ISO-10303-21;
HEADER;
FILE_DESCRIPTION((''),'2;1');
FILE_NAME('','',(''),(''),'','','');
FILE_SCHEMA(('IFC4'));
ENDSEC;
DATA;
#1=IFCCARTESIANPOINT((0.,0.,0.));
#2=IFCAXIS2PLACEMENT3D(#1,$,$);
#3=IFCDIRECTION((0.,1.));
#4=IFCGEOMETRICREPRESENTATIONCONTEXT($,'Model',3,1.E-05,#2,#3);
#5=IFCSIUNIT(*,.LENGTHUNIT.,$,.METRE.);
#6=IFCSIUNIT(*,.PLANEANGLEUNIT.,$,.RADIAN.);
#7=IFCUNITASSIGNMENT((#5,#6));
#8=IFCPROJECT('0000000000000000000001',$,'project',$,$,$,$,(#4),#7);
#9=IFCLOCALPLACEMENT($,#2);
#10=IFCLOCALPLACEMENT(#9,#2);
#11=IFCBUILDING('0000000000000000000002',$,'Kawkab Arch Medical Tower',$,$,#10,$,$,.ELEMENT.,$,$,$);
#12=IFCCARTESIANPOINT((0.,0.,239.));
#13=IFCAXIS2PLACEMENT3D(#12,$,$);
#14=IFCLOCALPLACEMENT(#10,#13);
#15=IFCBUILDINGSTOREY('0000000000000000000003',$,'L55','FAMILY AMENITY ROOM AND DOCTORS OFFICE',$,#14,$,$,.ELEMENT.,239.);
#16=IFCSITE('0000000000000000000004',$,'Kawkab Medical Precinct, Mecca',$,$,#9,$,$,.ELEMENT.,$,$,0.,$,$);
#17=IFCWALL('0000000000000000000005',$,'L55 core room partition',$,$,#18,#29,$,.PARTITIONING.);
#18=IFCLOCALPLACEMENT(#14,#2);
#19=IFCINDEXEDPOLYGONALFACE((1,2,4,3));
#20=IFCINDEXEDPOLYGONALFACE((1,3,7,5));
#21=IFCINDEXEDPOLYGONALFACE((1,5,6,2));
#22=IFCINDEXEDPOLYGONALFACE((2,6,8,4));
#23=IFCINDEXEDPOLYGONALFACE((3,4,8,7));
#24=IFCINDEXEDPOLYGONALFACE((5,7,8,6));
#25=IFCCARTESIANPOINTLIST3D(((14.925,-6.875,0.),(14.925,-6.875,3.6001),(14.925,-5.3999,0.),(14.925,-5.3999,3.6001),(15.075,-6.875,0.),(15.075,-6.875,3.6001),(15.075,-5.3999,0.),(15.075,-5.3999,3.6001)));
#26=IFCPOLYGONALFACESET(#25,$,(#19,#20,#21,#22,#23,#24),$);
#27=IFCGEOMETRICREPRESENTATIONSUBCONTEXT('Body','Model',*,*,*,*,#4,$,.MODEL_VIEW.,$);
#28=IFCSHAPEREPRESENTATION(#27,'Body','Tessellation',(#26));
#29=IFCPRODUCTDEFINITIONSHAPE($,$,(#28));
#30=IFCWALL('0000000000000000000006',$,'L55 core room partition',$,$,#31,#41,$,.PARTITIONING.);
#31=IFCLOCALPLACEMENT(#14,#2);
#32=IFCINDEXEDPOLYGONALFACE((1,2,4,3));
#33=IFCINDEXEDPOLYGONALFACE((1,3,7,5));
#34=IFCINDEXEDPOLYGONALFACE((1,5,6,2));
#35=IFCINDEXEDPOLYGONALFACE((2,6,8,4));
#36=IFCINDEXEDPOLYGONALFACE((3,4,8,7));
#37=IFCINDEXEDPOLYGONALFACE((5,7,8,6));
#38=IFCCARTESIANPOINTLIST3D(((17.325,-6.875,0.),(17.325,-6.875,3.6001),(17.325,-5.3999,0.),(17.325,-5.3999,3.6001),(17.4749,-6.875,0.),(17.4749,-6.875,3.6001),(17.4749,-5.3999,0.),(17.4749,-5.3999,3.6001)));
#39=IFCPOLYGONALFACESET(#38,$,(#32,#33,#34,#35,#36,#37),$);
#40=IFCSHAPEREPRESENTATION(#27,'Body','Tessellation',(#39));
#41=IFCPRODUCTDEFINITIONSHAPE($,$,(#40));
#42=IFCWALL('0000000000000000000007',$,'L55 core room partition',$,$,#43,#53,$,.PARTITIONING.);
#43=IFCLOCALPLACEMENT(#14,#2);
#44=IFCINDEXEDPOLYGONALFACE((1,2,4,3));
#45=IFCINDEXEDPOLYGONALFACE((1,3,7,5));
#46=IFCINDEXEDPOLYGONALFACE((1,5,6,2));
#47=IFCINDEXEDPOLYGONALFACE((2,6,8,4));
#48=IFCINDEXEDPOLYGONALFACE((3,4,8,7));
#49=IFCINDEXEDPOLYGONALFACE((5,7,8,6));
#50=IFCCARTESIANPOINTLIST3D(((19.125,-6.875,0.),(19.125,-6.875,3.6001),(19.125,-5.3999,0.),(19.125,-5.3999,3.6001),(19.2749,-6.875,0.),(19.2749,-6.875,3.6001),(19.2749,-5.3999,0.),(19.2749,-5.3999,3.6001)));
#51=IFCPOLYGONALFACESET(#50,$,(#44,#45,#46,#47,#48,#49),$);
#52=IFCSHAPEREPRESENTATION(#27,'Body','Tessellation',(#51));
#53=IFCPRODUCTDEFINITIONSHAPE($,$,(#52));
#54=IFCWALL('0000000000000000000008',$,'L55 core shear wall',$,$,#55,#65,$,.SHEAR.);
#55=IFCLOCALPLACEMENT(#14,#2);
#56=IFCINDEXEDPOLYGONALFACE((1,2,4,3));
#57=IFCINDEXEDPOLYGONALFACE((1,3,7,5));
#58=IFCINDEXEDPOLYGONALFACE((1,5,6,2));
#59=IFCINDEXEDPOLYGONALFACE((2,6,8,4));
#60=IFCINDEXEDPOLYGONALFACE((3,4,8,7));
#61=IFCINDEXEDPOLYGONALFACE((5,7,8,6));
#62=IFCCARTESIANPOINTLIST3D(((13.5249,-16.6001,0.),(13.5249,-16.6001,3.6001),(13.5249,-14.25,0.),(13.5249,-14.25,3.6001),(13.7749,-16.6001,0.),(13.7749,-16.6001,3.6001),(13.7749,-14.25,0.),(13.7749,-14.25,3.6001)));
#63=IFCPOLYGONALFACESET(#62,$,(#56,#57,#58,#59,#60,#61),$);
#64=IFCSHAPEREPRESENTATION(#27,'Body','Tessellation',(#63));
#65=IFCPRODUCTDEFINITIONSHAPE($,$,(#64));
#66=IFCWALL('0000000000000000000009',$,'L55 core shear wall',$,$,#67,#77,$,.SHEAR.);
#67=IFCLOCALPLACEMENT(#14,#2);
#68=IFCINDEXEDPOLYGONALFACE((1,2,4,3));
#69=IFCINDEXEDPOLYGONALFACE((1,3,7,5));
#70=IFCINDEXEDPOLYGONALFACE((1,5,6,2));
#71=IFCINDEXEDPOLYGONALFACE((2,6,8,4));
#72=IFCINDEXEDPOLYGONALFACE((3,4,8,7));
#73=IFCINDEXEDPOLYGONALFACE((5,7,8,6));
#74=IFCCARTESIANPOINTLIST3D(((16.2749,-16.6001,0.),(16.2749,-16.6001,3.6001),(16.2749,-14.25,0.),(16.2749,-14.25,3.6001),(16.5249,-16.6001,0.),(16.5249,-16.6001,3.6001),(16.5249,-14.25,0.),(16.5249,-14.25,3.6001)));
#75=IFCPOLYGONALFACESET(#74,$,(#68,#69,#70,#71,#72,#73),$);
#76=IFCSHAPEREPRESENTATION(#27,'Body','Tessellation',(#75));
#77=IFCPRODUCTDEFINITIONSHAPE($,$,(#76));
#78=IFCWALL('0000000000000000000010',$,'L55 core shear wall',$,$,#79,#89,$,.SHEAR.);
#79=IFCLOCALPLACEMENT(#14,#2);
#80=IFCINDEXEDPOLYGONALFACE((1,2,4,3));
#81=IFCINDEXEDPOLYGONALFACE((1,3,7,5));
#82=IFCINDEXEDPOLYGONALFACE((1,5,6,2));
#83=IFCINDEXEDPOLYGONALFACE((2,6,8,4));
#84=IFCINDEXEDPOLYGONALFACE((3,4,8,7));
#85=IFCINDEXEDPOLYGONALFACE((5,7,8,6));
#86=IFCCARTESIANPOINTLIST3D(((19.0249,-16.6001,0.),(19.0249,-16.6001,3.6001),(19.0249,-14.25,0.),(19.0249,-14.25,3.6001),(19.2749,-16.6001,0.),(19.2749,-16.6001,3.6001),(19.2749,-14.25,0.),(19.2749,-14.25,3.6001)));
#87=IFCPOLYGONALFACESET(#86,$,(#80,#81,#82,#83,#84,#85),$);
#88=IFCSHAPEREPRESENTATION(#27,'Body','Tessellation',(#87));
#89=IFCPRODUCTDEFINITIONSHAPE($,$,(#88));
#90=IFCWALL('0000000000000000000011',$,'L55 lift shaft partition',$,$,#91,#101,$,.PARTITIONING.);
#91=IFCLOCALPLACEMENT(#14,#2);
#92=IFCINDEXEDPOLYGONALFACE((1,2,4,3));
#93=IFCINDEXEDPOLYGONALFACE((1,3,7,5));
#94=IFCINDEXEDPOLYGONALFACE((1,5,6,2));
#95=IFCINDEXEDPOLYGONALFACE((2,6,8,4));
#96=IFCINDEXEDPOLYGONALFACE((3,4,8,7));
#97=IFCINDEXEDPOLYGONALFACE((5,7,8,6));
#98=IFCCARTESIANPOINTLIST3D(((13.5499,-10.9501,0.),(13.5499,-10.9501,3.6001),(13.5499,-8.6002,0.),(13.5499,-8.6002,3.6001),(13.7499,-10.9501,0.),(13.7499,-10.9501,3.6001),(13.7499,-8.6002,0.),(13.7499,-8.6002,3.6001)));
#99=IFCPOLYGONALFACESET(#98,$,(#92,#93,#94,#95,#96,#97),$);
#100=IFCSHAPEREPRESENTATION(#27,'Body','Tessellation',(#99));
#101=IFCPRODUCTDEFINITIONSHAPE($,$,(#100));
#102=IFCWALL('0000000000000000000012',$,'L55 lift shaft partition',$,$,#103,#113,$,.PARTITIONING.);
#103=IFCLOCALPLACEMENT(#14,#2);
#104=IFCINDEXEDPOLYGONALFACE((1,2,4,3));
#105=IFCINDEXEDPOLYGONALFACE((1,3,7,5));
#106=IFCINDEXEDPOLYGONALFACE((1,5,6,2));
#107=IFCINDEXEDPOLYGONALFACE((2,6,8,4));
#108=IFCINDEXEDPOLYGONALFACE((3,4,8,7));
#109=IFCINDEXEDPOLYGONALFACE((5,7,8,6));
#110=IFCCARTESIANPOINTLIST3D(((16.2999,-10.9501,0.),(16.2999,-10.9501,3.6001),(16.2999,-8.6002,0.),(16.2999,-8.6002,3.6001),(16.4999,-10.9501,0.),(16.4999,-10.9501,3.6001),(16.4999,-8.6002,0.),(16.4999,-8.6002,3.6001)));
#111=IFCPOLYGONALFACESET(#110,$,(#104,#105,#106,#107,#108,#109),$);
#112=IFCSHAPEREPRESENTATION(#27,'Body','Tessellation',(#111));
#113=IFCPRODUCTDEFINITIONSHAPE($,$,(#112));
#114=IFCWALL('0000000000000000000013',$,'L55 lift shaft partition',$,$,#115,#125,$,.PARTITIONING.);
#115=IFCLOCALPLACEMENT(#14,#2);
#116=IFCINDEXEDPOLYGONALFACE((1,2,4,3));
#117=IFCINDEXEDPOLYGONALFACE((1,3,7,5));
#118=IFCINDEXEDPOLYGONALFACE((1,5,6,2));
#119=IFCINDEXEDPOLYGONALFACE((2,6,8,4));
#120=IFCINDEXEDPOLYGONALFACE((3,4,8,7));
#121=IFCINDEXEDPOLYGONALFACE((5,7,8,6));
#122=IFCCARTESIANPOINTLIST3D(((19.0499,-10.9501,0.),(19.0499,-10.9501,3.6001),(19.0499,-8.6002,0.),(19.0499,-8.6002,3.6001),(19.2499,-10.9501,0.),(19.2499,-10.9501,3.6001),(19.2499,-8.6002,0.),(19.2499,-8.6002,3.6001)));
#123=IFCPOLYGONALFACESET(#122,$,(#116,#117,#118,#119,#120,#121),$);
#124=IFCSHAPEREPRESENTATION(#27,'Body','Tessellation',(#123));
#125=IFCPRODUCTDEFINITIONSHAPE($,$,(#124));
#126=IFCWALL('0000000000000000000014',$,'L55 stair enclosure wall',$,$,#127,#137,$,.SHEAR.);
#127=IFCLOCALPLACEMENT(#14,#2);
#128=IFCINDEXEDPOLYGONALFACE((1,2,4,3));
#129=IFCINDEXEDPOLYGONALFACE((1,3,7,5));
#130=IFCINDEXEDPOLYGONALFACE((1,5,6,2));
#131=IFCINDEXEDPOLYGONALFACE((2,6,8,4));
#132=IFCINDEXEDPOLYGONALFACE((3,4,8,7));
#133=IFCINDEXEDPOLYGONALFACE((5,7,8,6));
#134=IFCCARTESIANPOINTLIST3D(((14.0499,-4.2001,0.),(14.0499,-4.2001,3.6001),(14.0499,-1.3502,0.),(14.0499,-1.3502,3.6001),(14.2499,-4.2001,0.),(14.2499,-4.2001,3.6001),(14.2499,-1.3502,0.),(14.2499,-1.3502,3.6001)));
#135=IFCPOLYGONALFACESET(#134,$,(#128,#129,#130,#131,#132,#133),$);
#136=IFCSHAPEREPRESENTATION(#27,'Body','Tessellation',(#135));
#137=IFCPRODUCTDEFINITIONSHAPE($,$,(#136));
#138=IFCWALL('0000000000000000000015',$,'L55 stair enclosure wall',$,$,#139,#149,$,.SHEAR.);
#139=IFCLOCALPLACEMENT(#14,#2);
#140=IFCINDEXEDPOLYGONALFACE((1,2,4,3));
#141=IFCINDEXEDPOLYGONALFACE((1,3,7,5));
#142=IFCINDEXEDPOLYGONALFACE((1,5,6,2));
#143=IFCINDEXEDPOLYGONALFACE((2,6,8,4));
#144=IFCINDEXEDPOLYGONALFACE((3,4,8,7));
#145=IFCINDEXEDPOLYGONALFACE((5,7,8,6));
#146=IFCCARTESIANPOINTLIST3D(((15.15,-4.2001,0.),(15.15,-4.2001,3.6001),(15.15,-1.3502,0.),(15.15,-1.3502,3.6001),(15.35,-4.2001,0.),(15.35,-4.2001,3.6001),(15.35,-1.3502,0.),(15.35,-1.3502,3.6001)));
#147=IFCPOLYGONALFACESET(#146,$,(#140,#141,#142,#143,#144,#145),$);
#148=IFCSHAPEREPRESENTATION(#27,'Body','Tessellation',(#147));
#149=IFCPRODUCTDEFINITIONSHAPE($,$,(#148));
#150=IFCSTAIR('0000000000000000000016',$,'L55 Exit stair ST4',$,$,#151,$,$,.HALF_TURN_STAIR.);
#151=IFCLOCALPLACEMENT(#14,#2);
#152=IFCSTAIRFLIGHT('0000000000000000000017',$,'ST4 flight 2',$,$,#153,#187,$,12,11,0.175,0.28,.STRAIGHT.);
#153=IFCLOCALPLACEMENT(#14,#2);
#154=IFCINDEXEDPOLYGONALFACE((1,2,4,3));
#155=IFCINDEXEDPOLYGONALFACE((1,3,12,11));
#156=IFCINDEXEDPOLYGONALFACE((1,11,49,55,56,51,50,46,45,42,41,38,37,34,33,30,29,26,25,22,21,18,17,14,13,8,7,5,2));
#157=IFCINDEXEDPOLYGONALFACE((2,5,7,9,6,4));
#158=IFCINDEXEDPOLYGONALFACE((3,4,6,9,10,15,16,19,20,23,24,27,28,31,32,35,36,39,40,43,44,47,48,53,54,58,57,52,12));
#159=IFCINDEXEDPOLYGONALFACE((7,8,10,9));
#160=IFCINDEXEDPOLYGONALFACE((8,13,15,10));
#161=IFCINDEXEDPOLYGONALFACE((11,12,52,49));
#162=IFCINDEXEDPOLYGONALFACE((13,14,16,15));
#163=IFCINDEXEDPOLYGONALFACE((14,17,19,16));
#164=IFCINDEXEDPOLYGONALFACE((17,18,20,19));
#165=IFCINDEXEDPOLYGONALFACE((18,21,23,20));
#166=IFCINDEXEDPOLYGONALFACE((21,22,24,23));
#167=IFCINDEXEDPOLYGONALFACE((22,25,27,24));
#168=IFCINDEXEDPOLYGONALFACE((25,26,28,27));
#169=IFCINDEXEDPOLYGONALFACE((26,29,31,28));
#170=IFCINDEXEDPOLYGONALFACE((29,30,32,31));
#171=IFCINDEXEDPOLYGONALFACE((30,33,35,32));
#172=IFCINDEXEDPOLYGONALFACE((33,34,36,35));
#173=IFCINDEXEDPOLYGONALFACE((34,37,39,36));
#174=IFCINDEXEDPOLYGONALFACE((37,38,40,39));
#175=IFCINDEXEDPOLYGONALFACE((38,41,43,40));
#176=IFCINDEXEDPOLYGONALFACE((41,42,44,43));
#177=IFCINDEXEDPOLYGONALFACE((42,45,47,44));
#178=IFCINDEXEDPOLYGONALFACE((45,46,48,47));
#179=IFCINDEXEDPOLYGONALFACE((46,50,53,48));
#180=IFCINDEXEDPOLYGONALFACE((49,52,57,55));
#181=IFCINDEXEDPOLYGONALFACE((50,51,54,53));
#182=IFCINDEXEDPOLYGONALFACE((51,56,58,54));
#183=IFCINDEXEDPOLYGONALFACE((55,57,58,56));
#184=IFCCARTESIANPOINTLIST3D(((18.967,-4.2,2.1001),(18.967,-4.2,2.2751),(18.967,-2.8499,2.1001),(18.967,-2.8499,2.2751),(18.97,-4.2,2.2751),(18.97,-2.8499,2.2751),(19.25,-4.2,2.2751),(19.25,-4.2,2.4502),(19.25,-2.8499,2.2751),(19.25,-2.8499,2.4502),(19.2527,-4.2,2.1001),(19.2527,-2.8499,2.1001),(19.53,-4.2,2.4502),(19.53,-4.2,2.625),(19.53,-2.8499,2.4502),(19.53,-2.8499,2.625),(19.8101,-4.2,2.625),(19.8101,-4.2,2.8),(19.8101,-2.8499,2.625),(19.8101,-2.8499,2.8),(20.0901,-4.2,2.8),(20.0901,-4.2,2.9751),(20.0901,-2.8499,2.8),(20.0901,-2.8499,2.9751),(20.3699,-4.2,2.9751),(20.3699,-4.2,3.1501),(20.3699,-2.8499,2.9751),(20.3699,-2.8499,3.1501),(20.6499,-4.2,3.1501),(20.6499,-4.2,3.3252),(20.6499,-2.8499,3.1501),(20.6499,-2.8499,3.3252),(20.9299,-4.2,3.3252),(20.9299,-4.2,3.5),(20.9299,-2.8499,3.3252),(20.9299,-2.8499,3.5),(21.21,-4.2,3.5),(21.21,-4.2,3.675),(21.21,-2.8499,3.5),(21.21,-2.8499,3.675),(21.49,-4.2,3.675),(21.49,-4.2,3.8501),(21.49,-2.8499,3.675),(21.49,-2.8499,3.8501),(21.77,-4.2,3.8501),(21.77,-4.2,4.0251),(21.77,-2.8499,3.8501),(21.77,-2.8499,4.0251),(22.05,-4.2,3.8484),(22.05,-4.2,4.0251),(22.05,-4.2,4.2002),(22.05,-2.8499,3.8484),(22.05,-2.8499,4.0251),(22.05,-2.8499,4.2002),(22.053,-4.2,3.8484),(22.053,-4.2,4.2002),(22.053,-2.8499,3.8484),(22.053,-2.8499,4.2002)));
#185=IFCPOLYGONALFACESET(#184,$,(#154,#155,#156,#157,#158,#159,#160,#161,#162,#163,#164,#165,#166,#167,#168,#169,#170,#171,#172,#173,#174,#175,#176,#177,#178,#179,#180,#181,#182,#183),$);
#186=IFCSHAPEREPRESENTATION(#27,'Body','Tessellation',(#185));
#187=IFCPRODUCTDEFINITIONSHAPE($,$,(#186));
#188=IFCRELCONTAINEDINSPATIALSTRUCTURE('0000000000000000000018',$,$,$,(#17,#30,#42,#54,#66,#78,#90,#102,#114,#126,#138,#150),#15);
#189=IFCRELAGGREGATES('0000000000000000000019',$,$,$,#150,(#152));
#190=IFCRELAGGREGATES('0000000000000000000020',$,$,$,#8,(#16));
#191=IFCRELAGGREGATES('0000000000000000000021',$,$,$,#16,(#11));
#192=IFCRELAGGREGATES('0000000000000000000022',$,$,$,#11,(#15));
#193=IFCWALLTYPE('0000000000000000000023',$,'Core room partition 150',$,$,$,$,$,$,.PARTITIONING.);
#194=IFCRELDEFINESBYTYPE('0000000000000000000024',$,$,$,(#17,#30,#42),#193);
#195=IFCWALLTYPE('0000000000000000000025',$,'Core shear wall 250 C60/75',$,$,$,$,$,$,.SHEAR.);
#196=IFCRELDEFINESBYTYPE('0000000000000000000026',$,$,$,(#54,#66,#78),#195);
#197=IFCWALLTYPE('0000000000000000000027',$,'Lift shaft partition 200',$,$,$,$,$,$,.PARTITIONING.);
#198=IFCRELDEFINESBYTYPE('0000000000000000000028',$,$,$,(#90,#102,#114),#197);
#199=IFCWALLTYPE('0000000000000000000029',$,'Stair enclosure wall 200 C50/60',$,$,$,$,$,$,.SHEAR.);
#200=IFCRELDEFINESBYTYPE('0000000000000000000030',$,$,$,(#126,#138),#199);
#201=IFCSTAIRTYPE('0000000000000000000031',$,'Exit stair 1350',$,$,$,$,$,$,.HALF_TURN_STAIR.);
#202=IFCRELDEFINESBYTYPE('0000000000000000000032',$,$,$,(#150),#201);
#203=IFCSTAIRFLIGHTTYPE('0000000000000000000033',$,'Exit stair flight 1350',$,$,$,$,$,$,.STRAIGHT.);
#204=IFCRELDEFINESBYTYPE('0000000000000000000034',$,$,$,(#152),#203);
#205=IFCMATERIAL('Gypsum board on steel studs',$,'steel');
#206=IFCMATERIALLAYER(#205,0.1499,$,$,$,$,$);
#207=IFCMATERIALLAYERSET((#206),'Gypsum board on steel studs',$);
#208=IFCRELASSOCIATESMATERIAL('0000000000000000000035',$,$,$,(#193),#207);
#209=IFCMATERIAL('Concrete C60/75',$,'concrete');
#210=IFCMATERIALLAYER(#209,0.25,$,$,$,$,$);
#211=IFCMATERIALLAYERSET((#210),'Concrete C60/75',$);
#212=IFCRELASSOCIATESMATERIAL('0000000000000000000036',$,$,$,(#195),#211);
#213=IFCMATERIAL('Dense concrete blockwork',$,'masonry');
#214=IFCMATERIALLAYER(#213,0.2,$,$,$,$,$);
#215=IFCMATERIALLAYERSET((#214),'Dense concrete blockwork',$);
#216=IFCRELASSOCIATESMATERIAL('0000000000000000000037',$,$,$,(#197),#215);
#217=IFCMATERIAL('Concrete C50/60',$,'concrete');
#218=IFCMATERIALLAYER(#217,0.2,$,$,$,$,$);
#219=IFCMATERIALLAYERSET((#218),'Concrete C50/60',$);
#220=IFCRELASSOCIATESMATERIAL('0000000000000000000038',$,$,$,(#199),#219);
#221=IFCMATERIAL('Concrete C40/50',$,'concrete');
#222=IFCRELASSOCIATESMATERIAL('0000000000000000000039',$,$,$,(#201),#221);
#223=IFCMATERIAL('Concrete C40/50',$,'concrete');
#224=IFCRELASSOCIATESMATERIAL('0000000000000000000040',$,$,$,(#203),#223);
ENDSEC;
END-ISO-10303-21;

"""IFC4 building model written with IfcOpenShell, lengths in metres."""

from ifc_helpers import new_model, si_unit, direction, frame, frame_2d, origin, place, context, subcontext, project, spatial, polyline, rectangle, outline, extrude, material, layer, layer_set, type_object, element, aggregate, save


model = new_model("IFC4")

# Units and contexts
model_context = context("Model", 3, precision=1e-05, world=origin(), true_north=direction((0.0, 1.0)))
body_context = subcontext(model_context, "Body", "Model", "MODEL_VIEW")
ifc_project = project(units=[si_unit("LENGTHUNIT", "METRE"), si_unit("PLANEANGLEUNIT", "RADIAN")], contexts=[model_context])

# Site, building, storey
site_placement = place(None, origin())
site = spatial("IfcSite", under=ifc_project, at=site_placement, Name="Kawkab Medical Precinct, Mecca", CompositionType="ELEMENT", RefElevation=0.0)
building_placement = place(site_placement, origin())
building = spatial("IfcBuilding", under=site, at=building_placement, Name="Kawkab Arch Medical Tower", CompositionType="ELEMENT")
storey_placement = place(building_placement, frame((0.0, 0.0, 239.0)))
storey = spatial("IfcBuildingStorey", under=building, at=storey_placement, Name="L55", Description="FAMILY AMENITY ROOM AND DOCTORS OFFICE", CompositionType="ELEMENT", Elevation=239.0)

# Walls
ifc_material_1 = material(Name="Gypsum board on steel studs", Category="steel")
ifc_layer_1 = layer(ifc_material_1, 0.1499)
ifc_layer_set_1 = layer_set([ifc_layer_1], Name="Gypsum board on steel studs")
wall_type_1 = type_object("IfcWallType", Name="Core room partition 150", PredefinedType="PARTITIONING", material=ifc_layer_set_1)
for number, where, z_axis, x_axis, name in (
    (1, (15.0, -6.875, 0.0), (0.0, 0.0, 1.0), (0.0, 1.0, 0.0), "L55 core room partition"),
    (2, (17.3999, -6.875, 0.0), (0.0, 0.0, 1.0), (0.0, 1.0, 0.0), "L55 core room partition"),
    (3, (19.2, -6.875, 0.0), (0.0, 0.0, 1.0), (0.0, 1.0, 0.0), "L55 core room partition"),
):
    element("IfcWall", number, at=place(storey_placement, frame(where, z_axis=z_axis, x_axis=x_axis)), inside=storey, type_object=wall_type_1, Name=name, PredefinedType="PARTITIONING", context=body_context, shape_type="SweptSolid", body=[
        extrude(rectangle(XDim=1.4751, YDim=0.1499, at=frame_2d((0.7375, 0.0))), origin(), (0.0, 0.0, 1.0), 3.6001),
    ])
ifc_material_2 = material(Name="Concrete C60/75", Category="concrete")
ifc_layer_2 = layer(ifc_material_2, 0.25)
ifc_layer_set_2 = layer_set([ifc_layer_2], Name="Concrete C60/75")
wall_type_2 = type_object("IfcWallType", Name="Core shear wall 250 C60/75", PredefinedType="SHEAR", material=ifc_layer_set_2)
for number, where, z_axis, x_axis, name in (
    (4, (13.6499, -16.6001, 0.0), (0.0, 0.0, 1.0), (0.0, 1.0, 0.0), "L55 core shear wall"),
    (5, (16.3999, -16.6001, 0.0), (0.0, 0.0, 1.0), (0.0, 1.0, 0.0), "L55 core shear wall"),
    (6, (19.1499, -16.6001, 0.0), (0.0, 0.0, 1.0), (0.0, 1.0, 0.0), "L55 core shear wall"),
):
    element("IfcWall", number, at=place(storey_placement, frame(where, z_axis=z_axis, x_axis=x_axis)), inside=storey, type_object=wall_type_2, Name=name, PredefinedType="SHEAR", context=body_context, shape_type="SweptSolid", body=[
        extrude(rectangle(XDim=2.3501, YDim=0.25, at=frame_2d((1.175, 0.0))), origin(), (0.0, 0.0, 1.0), 3.6001),
    ])
ifc_material_3 = material(Name="Dense concrete blockwork", Category="masonry")
ifc_layer_3 = layer(ifc_material_3, 0.2)
ifc_layer_set_3 = layer_set([ifc_layer_3], Name="Dense concrete blockwork")
wall_type_3 = type_object("IfcWallType", Name="Lift shaft partition 200", PredefinedType="PARTITIONING", material=ifc_layer_set_3)
for number, where, z_axis, x_axis, name in (
    (7, (13.6499, -10.95, 0.0), (0.0, 0.0, 1.0), (0.0, 1.0, 0.0), "L55 lift shaft partition"),
    (8, (16.3999, -10.95, 0.0), (0.0, 0.0, 1.0), (0.0, 1.0, 0.0), "L55 lift shaft partition"),
    (9, (19.1499, -10.95, 0.0), (0.0, 0.0, 1.0), (0.0, 1.0, 0.0), "L55 lift shaft partition"),
):
    element("IfcWall", number, at=place(storey_placement, frame(where, z_axis=z_axis, x_axis=x_axis)), inside=storey, type_object=wall_type_3, Name=name, PredefinedType="PARTITIONING", context=body_context, shape_type="SweptSolid", body=[
        extrude(rectangle(XDim=2.3499, YDim=0.2, at=frame_2d((1.1748, 0.0))), origin(), (0.0, 0.0, 1.0), 3.6001),
    ])
ifc_material_4 = material(Name="Concrete C50/60", Category="concrete")
ifc_layer_4 = layer(ifc_material_4, 0.2)
ifc_layer_set_4 = layer_set([ifc_layer_4], Name="Concrete C50/60")
wall_type_4 = type_object("IfcWallType", Name="Stair enclosure wall 200 C50/60", PredefinedType="SHEAR", material=ifc_layer_set_4)
for number, where, z_axis, x_axis, name in (
    (10, (14.1499, -4.2, 0.0), (0.0, 0.0, 1.0), (0.0, 1.0, 0.0), "L55 stair enclosure wall"),
    (11, (15.25, -4.2, 0.0), (0.0, 0.0, 1.0), (0.0, 1.0, 0.0), "L55 stair enclosure wall"),
):
    element("IfcWall", number, at=place(storey_placement, frame(where, z_axis=z_axis, x_axis=x_axis)), inside=storey, type_object=wall_type_4, Name=name, PredefinedType="SHEAR", context=body_context, shape_type="SweptSolid", body=[
        extrude(rectangle(XDim=2.8499, YDim=0.2, at=frame_2d((1.4248, 0.0))), origin(), (0.0, 0.0, 1.0), 3.6001),
    ])

# Stair, stair flight
ifc_material_5 = material(Name="Concrete C40/50", Category="concrete")
stair_type = type_object("IfcStairType", Name="Exit stair 1350", PredefinedType="HALF_TURN_STAIR", material=ifc_material_5)
stair_placement = place(storey_placement, origin())
stair = element("IfcStair", 12, at=stair_placement, inside=storey, type_object=stair_type, Name="L55 Exit stair ST4", PredefinedType="HALF_TURN_STAIR")
ifc_material_6 = material(Name="Concrete C40/50", Category="concrete")
stair_flight_type = type_object("IfcStairFlightType", Name="Exit stair flight 1350", PredefinedType="STRAIGHT", material=ifc_material_6)
stair_flight_placement = place(storey_placement, frame((18.97, -3.5249, 2.1001), z_axis=(0.0, 0.0, 1.0), x_axis=(1.0, 0.0, 0.0)))
stair_flight = element("IfcStairFlight", 13, at=stair_flight_placement, type_object=stair_flight_type, Name="ST4 flight 2", NumberOfRisers=12, NumberOfTreads=11, PredefinedType="STRAIGHT", RiserHeight=0.175, TreadLength=0.28, context=body_context, shape_type="SweptSolid", body=[
    extrude(outline(polyline([(-0.0029, 0.0), (-0.0029, 0.175), (0.0, 0.175), (0.28, 0.175), (0.28, 0.3501), (0.5601, 0.3501), (0.5601, 0.5249), (0.8401, 0.5249), (0.8401, 0.7), (1.1201, 0.7), (1.1201, 0.875), (1.3999, 0.875), (1.3999, 1.05), (1.6799, 1.05), (1.6799, 1.2251), (1.96, 1.2251), (1.96, 1.3999), (2.24, 1.3999), (2.24, 1.575), (2.52, 1.575), (2.52, 1.75), (2.8, 1.75), (2.8, 1.925), (3.0801, 1.925), (3.0801, 2.1001), (3.083, 2.1001), (3.083, 1.7483), (3.0801, 1.7483), (0.2827, 0.0), (-0.0029, 0.0)])), frame((0.0, 0.675, 0.0), z_axis=(0.0, -1.0, 0.0), x_axis=(1.0, 0.0, 0.0)), (0.0, 0.0, 1.0), 1.3501),
])
aggregate(stair, [stair_flight])

save(model, "model.ifc")
